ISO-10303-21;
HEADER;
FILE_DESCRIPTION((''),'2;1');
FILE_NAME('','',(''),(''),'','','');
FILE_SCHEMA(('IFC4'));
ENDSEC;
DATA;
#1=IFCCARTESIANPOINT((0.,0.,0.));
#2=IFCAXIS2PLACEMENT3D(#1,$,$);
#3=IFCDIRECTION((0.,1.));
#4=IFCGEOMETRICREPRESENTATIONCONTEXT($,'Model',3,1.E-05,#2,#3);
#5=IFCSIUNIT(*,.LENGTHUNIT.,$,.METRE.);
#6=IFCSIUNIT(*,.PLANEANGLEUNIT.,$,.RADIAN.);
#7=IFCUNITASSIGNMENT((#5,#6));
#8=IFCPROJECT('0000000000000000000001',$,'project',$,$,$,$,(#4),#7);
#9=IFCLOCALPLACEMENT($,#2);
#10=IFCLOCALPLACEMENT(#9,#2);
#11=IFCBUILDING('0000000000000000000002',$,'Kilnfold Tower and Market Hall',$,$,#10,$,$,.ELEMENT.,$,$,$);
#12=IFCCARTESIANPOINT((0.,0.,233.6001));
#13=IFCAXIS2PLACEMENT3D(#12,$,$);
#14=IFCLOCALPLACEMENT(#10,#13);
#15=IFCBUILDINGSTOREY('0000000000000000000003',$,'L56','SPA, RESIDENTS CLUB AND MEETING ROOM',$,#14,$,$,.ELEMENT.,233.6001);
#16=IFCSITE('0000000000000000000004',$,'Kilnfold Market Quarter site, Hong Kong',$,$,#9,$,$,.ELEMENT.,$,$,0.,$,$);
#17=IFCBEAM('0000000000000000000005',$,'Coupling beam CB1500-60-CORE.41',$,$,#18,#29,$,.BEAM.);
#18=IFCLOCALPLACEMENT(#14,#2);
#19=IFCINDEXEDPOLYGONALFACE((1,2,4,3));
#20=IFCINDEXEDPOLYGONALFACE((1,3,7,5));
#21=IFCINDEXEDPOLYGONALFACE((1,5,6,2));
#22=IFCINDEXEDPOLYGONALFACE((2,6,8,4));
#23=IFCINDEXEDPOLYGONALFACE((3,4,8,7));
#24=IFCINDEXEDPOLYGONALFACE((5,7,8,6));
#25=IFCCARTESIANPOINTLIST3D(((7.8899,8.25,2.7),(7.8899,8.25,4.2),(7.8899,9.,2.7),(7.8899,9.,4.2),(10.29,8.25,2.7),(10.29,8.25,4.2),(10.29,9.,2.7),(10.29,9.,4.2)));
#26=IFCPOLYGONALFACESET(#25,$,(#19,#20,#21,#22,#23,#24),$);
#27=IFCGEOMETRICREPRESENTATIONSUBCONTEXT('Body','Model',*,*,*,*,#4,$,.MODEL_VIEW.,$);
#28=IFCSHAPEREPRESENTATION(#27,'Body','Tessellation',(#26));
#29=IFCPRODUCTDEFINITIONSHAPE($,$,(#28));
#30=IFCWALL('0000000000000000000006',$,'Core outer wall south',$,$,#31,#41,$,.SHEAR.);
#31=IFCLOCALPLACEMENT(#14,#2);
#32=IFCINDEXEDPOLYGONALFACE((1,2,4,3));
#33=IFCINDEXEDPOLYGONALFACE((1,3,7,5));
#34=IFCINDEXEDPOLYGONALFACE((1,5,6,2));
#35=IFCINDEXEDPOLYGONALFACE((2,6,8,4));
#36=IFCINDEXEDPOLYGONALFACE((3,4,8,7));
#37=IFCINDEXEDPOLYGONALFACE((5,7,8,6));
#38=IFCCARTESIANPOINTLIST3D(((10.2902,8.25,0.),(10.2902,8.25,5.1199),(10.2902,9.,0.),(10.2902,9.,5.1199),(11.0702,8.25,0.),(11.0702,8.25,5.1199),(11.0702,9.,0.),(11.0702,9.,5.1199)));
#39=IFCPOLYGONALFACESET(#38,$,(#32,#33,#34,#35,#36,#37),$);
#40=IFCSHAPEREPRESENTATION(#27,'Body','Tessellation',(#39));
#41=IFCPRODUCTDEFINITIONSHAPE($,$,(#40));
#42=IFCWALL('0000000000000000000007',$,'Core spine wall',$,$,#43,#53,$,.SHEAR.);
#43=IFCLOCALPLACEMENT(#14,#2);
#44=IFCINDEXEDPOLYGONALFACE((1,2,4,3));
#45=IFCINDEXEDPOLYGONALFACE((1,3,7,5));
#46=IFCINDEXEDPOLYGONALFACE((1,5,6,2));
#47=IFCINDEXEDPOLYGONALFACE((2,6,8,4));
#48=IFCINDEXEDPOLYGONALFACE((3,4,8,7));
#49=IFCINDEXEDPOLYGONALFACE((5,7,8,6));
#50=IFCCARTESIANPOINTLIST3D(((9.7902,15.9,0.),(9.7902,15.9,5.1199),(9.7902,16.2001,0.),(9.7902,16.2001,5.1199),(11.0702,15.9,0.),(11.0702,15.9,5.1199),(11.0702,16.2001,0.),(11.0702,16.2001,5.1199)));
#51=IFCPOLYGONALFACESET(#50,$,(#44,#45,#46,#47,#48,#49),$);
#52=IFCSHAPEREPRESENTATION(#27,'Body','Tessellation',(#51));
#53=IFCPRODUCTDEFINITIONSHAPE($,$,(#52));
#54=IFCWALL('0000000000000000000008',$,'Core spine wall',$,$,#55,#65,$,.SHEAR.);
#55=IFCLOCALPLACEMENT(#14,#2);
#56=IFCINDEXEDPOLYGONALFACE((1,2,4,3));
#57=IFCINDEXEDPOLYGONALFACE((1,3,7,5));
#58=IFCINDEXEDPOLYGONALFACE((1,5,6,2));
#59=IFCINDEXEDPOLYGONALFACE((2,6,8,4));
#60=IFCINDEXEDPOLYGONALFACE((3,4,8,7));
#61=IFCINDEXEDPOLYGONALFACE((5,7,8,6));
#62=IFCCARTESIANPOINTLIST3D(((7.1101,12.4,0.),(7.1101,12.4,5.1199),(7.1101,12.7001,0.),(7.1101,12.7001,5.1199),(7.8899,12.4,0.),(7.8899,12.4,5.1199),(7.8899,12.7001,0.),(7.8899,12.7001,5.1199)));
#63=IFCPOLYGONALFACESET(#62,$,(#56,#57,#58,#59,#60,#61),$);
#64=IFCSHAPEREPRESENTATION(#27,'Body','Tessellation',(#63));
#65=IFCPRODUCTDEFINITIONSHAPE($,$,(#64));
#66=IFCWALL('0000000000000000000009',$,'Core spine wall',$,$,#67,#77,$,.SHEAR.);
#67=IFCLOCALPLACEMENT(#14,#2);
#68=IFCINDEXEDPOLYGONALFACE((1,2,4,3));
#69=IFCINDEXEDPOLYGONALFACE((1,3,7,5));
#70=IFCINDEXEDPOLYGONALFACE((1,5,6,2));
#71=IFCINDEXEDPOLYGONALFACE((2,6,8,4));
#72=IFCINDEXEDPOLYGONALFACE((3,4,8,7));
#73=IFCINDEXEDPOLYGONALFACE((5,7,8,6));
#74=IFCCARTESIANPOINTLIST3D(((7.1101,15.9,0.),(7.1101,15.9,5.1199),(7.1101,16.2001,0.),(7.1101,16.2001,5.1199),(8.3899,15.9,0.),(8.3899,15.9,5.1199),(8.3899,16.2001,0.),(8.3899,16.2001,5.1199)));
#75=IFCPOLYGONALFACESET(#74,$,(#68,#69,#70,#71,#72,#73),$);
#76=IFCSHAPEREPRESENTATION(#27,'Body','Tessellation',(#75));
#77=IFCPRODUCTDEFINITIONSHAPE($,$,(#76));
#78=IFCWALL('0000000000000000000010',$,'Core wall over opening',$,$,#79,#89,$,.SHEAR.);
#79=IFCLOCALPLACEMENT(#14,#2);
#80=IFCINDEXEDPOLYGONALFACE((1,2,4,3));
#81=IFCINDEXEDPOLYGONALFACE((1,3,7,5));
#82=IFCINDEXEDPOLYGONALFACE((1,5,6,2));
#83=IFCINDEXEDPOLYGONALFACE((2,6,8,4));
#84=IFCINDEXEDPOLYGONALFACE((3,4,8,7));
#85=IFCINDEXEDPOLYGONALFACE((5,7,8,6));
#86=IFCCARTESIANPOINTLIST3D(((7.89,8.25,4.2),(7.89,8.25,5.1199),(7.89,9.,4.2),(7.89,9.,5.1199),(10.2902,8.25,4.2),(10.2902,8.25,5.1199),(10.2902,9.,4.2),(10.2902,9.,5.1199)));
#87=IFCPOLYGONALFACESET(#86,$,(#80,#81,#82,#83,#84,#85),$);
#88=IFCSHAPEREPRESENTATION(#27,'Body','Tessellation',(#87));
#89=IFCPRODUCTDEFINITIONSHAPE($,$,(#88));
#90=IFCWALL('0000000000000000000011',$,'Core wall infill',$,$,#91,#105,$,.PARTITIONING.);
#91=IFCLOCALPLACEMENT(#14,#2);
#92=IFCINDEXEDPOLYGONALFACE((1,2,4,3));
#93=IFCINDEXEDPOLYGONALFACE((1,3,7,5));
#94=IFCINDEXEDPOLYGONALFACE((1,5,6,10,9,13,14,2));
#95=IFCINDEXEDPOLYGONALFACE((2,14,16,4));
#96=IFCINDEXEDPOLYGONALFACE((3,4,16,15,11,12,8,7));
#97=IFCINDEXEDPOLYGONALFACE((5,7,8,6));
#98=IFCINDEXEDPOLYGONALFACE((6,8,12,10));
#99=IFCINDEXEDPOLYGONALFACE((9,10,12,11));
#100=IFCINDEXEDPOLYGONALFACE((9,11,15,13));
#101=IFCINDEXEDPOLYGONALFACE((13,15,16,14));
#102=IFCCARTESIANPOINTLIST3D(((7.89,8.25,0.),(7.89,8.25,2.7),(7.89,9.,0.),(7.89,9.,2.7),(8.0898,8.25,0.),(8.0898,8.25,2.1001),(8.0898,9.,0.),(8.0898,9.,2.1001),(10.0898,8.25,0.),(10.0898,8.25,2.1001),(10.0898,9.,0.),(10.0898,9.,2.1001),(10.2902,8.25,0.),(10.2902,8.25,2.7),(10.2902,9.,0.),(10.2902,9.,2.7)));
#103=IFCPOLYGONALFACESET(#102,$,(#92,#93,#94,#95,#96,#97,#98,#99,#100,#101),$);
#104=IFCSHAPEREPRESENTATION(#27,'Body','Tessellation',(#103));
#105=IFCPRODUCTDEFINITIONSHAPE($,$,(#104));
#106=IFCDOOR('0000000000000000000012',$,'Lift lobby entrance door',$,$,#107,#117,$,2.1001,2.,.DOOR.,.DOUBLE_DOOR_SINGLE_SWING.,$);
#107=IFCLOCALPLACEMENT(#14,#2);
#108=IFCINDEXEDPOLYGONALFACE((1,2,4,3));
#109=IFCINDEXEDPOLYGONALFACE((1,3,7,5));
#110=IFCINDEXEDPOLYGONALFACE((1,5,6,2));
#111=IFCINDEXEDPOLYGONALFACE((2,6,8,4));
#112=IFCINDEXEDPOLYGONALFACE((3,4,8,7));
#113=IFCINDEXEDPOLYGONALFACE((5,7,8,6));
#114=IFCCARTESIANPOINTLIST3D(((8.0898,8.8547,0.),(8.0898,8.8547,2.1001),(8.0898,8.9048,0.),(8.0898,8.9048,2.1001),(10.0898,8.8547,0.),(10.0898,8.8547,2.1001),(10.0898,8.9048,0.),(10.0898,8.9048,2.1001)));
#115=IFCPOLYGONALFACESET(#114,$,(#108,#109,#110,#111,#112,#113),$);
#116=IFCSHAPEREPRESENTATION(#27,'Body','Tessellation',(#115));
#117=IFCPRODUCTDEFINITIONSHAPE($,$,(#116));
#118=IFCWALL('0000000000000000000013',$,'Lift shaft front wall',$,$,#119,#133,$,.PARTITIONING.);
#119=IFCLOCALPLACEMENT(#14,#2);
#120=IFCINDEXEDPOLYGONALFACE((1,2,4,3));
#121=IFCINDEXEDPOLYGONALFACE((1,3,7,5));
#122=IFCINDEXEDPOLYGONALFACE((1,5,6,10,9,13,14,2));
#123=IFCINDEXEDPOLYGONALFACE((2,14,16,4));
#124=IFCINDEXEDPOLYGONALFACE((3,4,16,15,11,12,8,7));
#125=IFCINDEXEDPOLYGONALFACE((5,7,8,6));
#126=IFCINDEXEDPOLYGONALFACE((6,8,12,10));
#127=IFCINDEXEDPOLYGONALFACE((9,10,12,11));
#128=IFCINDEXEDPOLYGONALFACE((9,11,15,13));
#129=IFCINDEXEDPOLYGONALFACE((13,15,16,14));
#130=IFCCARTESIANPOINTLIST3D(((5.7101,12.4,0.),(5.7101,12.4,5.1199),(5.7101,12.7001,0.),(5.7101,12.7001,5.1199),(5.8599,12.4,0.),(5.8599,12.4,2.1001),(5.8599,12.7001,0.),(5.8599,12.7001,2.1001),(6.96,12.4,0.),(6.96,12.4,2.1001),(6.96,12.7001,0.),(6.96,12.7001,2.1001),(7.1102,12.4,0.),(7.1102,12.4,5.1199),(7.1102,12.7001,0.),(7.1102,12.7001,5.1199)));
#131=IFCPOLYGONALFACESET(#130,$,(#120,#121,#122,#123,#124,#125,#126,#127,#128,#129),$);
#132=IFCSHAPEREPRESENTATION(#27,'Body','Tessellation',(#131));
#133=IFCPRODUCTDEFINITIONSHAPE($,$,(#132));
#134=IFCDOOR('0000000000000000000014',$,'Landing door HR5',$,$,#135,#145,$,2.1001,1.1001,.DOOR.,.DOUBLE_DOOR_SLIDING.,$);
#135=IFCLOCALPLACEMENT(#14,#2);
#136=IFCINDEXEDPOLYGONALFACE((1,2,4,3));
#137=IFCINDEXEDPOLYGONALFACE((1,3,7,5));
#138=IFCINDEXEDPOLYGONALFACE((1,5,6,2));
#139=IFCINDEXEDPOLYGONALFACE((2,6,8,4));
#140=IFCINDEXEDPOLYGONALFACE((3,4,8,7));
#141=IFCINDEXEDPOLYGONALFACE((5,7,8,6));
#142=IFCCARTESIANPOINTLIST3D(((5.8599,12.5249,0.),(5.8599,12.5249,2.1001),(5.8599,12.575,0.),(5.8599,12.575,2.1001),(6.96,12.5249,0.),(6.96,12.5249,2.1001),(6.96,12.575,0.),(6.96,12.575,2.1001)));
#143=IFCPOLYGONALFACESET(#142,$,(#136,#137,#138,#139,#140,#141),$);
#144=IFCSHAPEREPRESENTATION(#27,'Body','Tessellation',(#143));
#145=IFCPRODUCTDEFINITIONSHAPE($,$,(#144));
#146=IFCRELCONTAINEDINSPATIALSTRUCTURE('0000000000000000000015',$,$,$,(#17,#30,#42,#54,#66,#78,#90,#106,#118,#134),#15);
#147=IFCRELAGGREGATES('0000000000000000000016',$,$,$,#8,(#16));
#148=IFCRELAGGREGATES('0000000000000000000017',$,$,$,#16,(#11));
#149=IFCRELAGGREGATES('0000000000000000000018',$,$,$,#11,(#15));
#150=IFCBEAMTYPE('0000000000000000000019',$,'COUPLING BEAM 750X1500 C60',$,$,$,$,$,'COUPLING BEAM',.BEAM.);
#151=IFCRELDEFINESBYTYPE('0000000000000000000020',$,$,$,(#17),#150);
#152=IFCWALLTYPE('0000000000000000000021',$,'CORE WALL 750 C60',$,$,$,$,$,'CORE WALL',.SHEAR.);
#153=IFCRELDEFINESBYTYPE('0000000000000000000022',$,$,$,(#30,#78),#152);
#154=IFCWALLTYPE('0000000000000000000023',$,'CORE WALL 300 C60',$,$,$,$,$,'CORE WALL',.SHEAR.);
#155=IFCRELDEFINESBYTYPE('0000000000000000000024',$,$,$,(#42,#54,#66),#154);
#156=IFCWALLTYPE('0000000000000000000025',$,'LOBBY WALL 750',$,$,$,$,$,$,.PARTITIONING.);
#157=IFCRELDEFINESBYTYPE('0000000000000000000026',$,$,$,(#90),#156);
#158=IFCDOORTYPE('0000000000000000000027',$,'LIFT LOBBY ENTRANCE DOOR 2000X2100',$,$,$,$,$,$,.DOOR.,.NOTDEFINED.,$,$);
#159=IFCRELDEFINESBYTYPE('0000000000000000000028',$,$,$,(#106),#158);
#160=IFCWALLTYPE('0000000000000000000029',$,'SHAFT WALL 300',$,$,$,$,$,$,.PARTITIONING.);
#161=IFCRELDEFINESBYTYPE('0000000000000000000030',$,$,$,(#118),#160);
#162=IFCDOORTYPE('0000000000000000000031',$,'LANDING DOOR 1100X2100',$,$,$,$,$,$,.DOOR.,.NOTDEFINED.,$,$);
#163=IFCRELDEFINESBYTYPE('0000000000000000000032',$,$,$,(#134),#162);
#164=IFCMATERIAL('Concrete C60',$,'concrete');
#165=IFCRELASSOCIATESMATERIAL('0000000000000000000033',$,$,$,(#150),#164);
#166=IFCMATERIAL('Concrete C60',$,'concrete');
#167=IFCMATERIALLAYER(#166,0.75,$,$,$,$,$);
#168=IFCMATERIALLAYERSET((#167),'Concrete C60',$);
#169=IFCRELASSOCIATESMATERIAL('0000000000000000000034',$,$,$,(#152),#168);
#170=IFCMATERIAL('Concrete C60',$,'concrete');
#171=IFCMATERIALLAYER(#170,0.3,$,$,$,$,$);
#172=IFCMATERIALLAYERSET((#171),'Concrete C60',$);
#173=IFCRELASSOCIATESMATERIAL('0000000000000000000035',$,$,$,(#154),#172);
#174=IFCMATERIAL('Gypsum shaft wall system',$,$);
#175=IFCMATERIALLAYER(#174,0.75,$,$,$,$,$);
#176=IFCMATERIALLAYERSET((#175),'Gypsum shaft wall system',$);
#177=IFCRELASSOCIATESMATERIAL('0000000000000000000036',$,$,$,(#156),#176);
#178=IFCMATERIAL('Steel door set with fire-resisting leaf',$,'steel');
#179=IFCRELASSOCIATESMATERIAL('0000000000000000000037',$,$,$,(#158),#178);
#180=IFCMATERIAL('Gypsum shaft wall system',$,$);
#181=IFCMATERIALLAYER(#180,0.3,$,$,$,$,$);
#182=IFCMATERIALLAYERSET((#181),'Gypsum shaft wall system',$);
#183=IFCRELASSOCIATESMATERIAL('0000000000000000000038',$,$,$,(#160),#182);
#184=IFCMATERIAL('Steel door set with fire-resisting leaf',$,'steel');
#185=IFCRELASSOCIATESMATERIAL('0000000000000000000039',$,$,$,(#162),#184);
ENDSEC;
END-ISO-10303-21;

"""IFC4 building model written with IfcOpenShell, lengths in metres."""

from ifc_helpers import new_model, si_unit, direction, frame, frame_2d, origin, origin_2d, place, context, subcontext, project, spatial, rectangle, extrude, source, transform, mapped, material, layer, layer_set, material_profile, profile_set, type_object, element, fill, save


model = new_model("IFC4")

# Units and contexts
model_context = context("Model", 3, precision=1e-05, world=origin(), true_north=direction((0.0, 1.0)))
body_context = subcontext(model_context, "Body", "Model", "MODEL_VIEW")
ifc_project = project(units=[si_unit("LENGTHUNIT", "METRE"), si_unit("PLANEANGLEUNIT", "RADIAN")], contexts=[model_context])

# Site, building, storey
site_placement = place(None, origin())
site = spatial("IfcSite", under=ifc_project, at=site_placement, Name="Kilnfold Market Quarter site, Hong Kong", CompositionType="ELEMENT", RefElevation=0.0)
building_placement = place(site_placement, origin())
building = spatial("IfcBuilding", under=site, at=building_placement, Name="Kilnfold Tower and Market Hall", CompositionType="ELEMENT")
storey_placement = place(building_placement, frame((0.0, 0.0, 233.6001)))
storey = spatial("IfcBuildingStorey", under=building, at=storey_placement, Name="L56", Description="SPA, RESIDENTS CLUB AND MEETING ROOM", CompositionType="ELEMENT", Elevation=233.6001)

# Beam
ifc_material_1 = material(Name="Concrete C60", Category="concrete")
ifc_material_profile = material_profile(ifc_material_1, rectangle(XDim=0.75, YDim=1.5, at=origin_2d()), Name="RC 750x1500")
ifc_profile_set = profile_set([ifc_material_profile], Name="Concrete C60")
beam_type = type_object("IfcBeamType", Name="COUPLING BEAM 750X1500 C60", ElementType="COUPLING BEAM", PredefinedType="BEAM", material=ifc_profile_set)
shared_shape_1 = source(origin(), body_context, "Body", "SweptSolid", [
    extrude(rectangle(XDim=0.75, YDim=1.5, at=origin_2d()), origin(), (0.0, 0.0, 1.0), 2.4001),
])
beam_placement = place(storey_placement, frame((7.8899, 8.625, 3.45), z_axis=(1.0, 0.0, 0.0), x_axis=(0.0, 1.0, 0.0)))
element("IfcBeam", 1, at=beam_placement, inside=storey, type_object=beam_type, Name="Coupling beam CB1500-60-CORE.41", PredefinedType="BEAM", context=body_context, shape_type="MappedRepresentation", body=[
    mapped(shared_shape_1, transform((0.0, 0.0, 0.0))),
])

# Walls
ifc_material_2 = material(Name="Concrete C60", Category="concrete")
ifc_layer_1 = layer(ifc_material_2, 0.75)
ifc_layer_set_1 = layer_set([ifc_layer_1], Name="Concrete C60")
wall_type_1 = type_object("IfcWallType", Name="CORE WALL 750 C60", ElementType="CORE WALL", PredefinedType="SHEAR", material=ifc_layer_set_1)
shared_shape_2 = source(origin(), body_context, "Body", "SweptSolid", [
    extrude(rectangle(XDim=0.78, YDim=0.75, at=frame_2d((0.3901, 0.0))), origin(), (0.0, 0.0, 1.0), 5.1199),
])
wall_1_placement = place(storey_placement, frame((10.29, 8.625, 0.0), z_axis=(0.0, 0.0, 1.0), x_axis=(1.0, 0.0, 0.0)))
element("IfcWall", 2, at=wall_1_placement, inside=storey, type_object=wall_type_1, Name="Core outer wall south", PredefinedType="SHEAR", context=body_context, shape_type="MappedRepresentation", body=[
    mapped(shared_shape_2, transform((0.0, 0.0, 0.0))),
])
ifc_material_3 = material(Name="Concrete C60", Category="concrete")
ifc_layer_2 = layer(ifc_material_3, 0.3)
ifc_layer_set_2 = layer_set([ifc_layer_2], Name="Concrete C60")
wall_type_2 = type_object("IfcWallType", Name="CORE WALL 300 C60", ElementType="CORE WALL", PredefinedType="SHEAR", material=ifc_layer_set_2)
shared_shape_3 = source(origin(), body_context, "Body", "SweptSolid", [
    extrude(rectangle(XDim=1.28, YDim=0.3, at=frame_2d((0.6401, 0.0))), origin(), (0.0, 0.0, 1.0), 5.1199),
])
wall_2_placement = place(storey_placement, frame((9.79, 16.05, 0.0), z_axis=(0.0, 0.0, 1.0), x_axis=(1.0, 0.0, 0.0)))
element("IfcWall", 3, at=wall_2_placement, inside=storey, type_object=wall_type_2, Name="Core spine wall", PredefinedType="SHEAR", context=body_context, shape_type="MappedRepresentation", body=[
    mapped(shared_shape_3, transform((0.0, 0.0, 0.0))),
])
shared_shape_4 = source(origin(), body_context, "Body", "SweptSolid", [
    extrude(rectangle(XDim=0.7798, YDim=0.3, at=frame_2d((0.3899, 0.0))), origin(), (0.0, 0.0, 1.0), 5.1199),
])
wall_3_placement = place(storey_placement, frame((7.1101, 12.55, 0.0), z_axis=(0.0, 0.0, 1.0), x_axis=(1.0, 0.0, 0.0)))
element("IfcWall", 4, at=wall_3_placement, inside=storey, type_object=wall_type_2, Name="Core spine wall", PredefinedType="SHEAR", context=body_context, shape_type="MappedRepresentation", body=[
    mapped(shared_shape_4, transform((0.0, 0.0, 0.0))),
])
shared_shape_5 = source(origin(), body_context, "Body", "SweptSolid", [
    extrude(rectangle(XDim=1.2798, YDim=0.3, at=frame_2d((0.6399, 0.0))), origin(), (0.0, 0.0, 1.0), 5.1199),
])
wall_4_placement = place(storey_placement, frame((7.1101, 16.05, 0.0), z_axis=(0.0, 0.0, 1.0), x_axis=(1.0, 0.0, 0.0)))
element("IfcWall", 5, at=wall_4_placement, inside=storey, type_object=wall_type_2, Name="Core spine wall", PredefinedType="SHEAR", context=body_context, shape_type="MappedRepresentation", body=[
    mapped(shared_shape_5, transform((0.0, 0.0, 0.0))),
])
shared_shape_6 = source(origin(), body_context, "Body", "SweptSolid", [
    extrude(rectangle(XDim=2.4001, YDim=0.75, at=frame_2d((1.2002, 0.0))), origin(), (0.0, 0.0, 1.0), 0.9199),
])
wall_5_placement = place(storey_placement, frame((7.8899, 8.625, 4.2), z_axis=(0.0, 0.0, 1.0), x_axis=(1.0, 0.0, 0.0)))
element("IfcWall", 6, at=wall_5_placement, inside=storey, type_object=wall_type_1, Name="Core wall over opening", PredefinedType="SHEAR", context=body_context, shape_type="MappedRepresentation", body=[
    mapped(shared_shape_6, transform((0.0, 0.0, 0.0))),
])

# Walls, openings, doors
ifc_material_4 = material(Name="Gypsum shaft wall system")
ifc_layer_3 = layer(ifc_material_4, 0.75)
ifc_layer_set_3 = layer_set([ifc_layer_3], Name="Gypsum shaft wall system")
wall_type_3 = type_object("IfcWallType", Name="LOBBY WALL 750", PredefinedType="PARTITIONING", material=ifc_layer_set_3)
shared_shape_7 = source(origin(), body_context, "Body", "SweptSolid", [
    extrude(rectangle(XDim=2.4001, YDim=0.75, at=frame_2d((1.2002, 0.0))), origin(), (0.0, 0.0, 1.0), 2.7),
])
wall_6_placement = place(storey_placement, frame((7.8899, 8.625, 0.0), z_axis=(0.0, 0.0, 1.0), x_axis=(1.0, 0.0, 0.0)))
wall_6 = element("IfcWall", 7, at=wall_6_placement, inside=storey, type_object=wall_type_3, Name="Core wall infill", PredefinedType="PARTITIONING", context=body_context, shape_type="MappedRepresentation", body=[
    mapped(shared_shape_7, transform((0.0, 0.0, 0.0))),
])
opening_1_placement = place(wall_6_placement, frame((0.2, 0.0, 0.0)))
opening_1 = element("IfcOpeningElement", 8, at=opening_1_placement, cuts=wall_6, PredefinedType="OPENING", context=body_context, shape_type="SweptSolid", body=[
    extrude(rectangle(XDim=2.0, YDim=2.1001, at=frame_2d((1.0, 1.05))), frame((0.0, 0.385, 0.0), z_axis=(0.0, -1.0, 0.0), x_axis=(1.0, 0.0, 0.0)), (0.0, 0.0, 1.0), 0.77),
])
ifc_material_5 = material(Name="Steel door set with fire-resisting leaf", Category="steel")
door_type_1 = type_object("IfcDoorType", Name="LIFT LOBBY ENTRANCE DOOR 2000X2100", OperationType="NOTDEFINED", PredefinedType="DOOR", material=ifc_material_5)
door_1_placement = place(opening_1_placement, origin())
door_1 = element("IfcDoor", 9, at=door_1_placement, inside=storey, type_object=door_type_1, Name="Lift lobby entrance door", OperationType="DOUBLE_DOOR_SINGLE_SWING", OverallHeight=2.1001, OverallWidth=2.0, PredefinedType="DOOR", context=body_context, shape_type="SweptSolid", body=[
    extrude(rectangle(XDim=2.0, YDim=2.1001, at=frame_2d((1.0, 1.05))), frame((0.0, 0.2798, 0.0), z_axis=(0.0, -1.0, 0.0), x_axis=(1.0, 0.0, 0.0)), (0.0, 0.0, 1.0), 0.05),
])
fill(opening_1, door_1)
ifc_material_6 = material(Name="Gypsum shaft wall system")
ifc_layer_4 = layer(ifc_material_6, 0.3)
ifc_layer_set_4 = layer_set([ifc_layer_4], Name="Gypsum shaft wall system")
wall_type_4 = type_object("IfcWallType", Name="SHAFT WALL 300", PredefinedType="PARTITIONING", material=ifc_layer_set_4)
shared_shape_8 = source(origin(), body_context, "Body", "SweptSolid", [
    extrude(rectangle(XDim=1.4001, YDim=0.3, at=frame_2d((0.7002, 0.0))), origin(), (0.0, 0.0, 1.0), 5.1199),
])
wall_7_placement = place(storey_placement, frame((5.71, 12.55, 0.0), z_axis=(0.0, 0.0, 1.0), x_axis=(1.0, 0.0, 0.0)))
wall_7 = element("IfcWall", 10, at=wall_7_placement, inside=storey, type_object=wall_type_4, Name="Lift shaft front wall", PredefinedType="PARTITIONING", context=body_context, shape_type="MappedRepresentation", body=[
    mapped(shared_shape_8, transform((0.0, 0.0, 0.0))),
])
opening_2_placement = place(wall_7_placement, frame((0.1499, 0.0, 0.0)))
opening_2 = element("IfcOpeningElement", 11, at=opening_2_placement, cuts=wall_7, PredefinedType="OPENING", context=body_context, shape_type="SweptSolid", body=[
    extrude(rectangle(XDim=1.1001, YDim=2.1001, at=frame_2d((0.55, 1.05))), frame((0.0, 0.1602, 0.0), z_axis=(0.0, -1.0, 0.0), x_axis=(1.0, 0.0, 0.0)), (0.0, 0.0, 1.0), 0.3201),
])
ifc_material_7 = material(Name="Steel door set with fire-resisting leaf", Category="steel")
door_type_2 = type_object("IfcDoorType", Name="LANDING DOOR 1100X2100", OperationType="NOTDEFINED", PredefinedType="DOOR", material=ifc_material_7)
door_2_placement = place(opening_2_placement, origin())
door_2 = element("IfcDoor", 12, at=door_2_placement, inside=storey, type_object=door_type_2, Name="Landing door HR5", OperationType="DOUBLE_DOOR_SLIDING", OverallHeight=2.1001, OverallWidth=1.1001, PredefinedType="DOOR", context=body_context, shape_type="SweptSolid", body=[
    extrude(rectangle(XDim=1.1001, YDim=2.1001, at=frame_2d((0.55, 1.05))), frame((0.0, 0.0249, 0.0), z_axis=(0.0, -1.0, 0.0), x_axis=(1.0, 0.0, 0.0)), (0.0, 0.0, 1.0), 0.05),
])
fill(opening_2, door_2)

save(model, "model.ifc")
